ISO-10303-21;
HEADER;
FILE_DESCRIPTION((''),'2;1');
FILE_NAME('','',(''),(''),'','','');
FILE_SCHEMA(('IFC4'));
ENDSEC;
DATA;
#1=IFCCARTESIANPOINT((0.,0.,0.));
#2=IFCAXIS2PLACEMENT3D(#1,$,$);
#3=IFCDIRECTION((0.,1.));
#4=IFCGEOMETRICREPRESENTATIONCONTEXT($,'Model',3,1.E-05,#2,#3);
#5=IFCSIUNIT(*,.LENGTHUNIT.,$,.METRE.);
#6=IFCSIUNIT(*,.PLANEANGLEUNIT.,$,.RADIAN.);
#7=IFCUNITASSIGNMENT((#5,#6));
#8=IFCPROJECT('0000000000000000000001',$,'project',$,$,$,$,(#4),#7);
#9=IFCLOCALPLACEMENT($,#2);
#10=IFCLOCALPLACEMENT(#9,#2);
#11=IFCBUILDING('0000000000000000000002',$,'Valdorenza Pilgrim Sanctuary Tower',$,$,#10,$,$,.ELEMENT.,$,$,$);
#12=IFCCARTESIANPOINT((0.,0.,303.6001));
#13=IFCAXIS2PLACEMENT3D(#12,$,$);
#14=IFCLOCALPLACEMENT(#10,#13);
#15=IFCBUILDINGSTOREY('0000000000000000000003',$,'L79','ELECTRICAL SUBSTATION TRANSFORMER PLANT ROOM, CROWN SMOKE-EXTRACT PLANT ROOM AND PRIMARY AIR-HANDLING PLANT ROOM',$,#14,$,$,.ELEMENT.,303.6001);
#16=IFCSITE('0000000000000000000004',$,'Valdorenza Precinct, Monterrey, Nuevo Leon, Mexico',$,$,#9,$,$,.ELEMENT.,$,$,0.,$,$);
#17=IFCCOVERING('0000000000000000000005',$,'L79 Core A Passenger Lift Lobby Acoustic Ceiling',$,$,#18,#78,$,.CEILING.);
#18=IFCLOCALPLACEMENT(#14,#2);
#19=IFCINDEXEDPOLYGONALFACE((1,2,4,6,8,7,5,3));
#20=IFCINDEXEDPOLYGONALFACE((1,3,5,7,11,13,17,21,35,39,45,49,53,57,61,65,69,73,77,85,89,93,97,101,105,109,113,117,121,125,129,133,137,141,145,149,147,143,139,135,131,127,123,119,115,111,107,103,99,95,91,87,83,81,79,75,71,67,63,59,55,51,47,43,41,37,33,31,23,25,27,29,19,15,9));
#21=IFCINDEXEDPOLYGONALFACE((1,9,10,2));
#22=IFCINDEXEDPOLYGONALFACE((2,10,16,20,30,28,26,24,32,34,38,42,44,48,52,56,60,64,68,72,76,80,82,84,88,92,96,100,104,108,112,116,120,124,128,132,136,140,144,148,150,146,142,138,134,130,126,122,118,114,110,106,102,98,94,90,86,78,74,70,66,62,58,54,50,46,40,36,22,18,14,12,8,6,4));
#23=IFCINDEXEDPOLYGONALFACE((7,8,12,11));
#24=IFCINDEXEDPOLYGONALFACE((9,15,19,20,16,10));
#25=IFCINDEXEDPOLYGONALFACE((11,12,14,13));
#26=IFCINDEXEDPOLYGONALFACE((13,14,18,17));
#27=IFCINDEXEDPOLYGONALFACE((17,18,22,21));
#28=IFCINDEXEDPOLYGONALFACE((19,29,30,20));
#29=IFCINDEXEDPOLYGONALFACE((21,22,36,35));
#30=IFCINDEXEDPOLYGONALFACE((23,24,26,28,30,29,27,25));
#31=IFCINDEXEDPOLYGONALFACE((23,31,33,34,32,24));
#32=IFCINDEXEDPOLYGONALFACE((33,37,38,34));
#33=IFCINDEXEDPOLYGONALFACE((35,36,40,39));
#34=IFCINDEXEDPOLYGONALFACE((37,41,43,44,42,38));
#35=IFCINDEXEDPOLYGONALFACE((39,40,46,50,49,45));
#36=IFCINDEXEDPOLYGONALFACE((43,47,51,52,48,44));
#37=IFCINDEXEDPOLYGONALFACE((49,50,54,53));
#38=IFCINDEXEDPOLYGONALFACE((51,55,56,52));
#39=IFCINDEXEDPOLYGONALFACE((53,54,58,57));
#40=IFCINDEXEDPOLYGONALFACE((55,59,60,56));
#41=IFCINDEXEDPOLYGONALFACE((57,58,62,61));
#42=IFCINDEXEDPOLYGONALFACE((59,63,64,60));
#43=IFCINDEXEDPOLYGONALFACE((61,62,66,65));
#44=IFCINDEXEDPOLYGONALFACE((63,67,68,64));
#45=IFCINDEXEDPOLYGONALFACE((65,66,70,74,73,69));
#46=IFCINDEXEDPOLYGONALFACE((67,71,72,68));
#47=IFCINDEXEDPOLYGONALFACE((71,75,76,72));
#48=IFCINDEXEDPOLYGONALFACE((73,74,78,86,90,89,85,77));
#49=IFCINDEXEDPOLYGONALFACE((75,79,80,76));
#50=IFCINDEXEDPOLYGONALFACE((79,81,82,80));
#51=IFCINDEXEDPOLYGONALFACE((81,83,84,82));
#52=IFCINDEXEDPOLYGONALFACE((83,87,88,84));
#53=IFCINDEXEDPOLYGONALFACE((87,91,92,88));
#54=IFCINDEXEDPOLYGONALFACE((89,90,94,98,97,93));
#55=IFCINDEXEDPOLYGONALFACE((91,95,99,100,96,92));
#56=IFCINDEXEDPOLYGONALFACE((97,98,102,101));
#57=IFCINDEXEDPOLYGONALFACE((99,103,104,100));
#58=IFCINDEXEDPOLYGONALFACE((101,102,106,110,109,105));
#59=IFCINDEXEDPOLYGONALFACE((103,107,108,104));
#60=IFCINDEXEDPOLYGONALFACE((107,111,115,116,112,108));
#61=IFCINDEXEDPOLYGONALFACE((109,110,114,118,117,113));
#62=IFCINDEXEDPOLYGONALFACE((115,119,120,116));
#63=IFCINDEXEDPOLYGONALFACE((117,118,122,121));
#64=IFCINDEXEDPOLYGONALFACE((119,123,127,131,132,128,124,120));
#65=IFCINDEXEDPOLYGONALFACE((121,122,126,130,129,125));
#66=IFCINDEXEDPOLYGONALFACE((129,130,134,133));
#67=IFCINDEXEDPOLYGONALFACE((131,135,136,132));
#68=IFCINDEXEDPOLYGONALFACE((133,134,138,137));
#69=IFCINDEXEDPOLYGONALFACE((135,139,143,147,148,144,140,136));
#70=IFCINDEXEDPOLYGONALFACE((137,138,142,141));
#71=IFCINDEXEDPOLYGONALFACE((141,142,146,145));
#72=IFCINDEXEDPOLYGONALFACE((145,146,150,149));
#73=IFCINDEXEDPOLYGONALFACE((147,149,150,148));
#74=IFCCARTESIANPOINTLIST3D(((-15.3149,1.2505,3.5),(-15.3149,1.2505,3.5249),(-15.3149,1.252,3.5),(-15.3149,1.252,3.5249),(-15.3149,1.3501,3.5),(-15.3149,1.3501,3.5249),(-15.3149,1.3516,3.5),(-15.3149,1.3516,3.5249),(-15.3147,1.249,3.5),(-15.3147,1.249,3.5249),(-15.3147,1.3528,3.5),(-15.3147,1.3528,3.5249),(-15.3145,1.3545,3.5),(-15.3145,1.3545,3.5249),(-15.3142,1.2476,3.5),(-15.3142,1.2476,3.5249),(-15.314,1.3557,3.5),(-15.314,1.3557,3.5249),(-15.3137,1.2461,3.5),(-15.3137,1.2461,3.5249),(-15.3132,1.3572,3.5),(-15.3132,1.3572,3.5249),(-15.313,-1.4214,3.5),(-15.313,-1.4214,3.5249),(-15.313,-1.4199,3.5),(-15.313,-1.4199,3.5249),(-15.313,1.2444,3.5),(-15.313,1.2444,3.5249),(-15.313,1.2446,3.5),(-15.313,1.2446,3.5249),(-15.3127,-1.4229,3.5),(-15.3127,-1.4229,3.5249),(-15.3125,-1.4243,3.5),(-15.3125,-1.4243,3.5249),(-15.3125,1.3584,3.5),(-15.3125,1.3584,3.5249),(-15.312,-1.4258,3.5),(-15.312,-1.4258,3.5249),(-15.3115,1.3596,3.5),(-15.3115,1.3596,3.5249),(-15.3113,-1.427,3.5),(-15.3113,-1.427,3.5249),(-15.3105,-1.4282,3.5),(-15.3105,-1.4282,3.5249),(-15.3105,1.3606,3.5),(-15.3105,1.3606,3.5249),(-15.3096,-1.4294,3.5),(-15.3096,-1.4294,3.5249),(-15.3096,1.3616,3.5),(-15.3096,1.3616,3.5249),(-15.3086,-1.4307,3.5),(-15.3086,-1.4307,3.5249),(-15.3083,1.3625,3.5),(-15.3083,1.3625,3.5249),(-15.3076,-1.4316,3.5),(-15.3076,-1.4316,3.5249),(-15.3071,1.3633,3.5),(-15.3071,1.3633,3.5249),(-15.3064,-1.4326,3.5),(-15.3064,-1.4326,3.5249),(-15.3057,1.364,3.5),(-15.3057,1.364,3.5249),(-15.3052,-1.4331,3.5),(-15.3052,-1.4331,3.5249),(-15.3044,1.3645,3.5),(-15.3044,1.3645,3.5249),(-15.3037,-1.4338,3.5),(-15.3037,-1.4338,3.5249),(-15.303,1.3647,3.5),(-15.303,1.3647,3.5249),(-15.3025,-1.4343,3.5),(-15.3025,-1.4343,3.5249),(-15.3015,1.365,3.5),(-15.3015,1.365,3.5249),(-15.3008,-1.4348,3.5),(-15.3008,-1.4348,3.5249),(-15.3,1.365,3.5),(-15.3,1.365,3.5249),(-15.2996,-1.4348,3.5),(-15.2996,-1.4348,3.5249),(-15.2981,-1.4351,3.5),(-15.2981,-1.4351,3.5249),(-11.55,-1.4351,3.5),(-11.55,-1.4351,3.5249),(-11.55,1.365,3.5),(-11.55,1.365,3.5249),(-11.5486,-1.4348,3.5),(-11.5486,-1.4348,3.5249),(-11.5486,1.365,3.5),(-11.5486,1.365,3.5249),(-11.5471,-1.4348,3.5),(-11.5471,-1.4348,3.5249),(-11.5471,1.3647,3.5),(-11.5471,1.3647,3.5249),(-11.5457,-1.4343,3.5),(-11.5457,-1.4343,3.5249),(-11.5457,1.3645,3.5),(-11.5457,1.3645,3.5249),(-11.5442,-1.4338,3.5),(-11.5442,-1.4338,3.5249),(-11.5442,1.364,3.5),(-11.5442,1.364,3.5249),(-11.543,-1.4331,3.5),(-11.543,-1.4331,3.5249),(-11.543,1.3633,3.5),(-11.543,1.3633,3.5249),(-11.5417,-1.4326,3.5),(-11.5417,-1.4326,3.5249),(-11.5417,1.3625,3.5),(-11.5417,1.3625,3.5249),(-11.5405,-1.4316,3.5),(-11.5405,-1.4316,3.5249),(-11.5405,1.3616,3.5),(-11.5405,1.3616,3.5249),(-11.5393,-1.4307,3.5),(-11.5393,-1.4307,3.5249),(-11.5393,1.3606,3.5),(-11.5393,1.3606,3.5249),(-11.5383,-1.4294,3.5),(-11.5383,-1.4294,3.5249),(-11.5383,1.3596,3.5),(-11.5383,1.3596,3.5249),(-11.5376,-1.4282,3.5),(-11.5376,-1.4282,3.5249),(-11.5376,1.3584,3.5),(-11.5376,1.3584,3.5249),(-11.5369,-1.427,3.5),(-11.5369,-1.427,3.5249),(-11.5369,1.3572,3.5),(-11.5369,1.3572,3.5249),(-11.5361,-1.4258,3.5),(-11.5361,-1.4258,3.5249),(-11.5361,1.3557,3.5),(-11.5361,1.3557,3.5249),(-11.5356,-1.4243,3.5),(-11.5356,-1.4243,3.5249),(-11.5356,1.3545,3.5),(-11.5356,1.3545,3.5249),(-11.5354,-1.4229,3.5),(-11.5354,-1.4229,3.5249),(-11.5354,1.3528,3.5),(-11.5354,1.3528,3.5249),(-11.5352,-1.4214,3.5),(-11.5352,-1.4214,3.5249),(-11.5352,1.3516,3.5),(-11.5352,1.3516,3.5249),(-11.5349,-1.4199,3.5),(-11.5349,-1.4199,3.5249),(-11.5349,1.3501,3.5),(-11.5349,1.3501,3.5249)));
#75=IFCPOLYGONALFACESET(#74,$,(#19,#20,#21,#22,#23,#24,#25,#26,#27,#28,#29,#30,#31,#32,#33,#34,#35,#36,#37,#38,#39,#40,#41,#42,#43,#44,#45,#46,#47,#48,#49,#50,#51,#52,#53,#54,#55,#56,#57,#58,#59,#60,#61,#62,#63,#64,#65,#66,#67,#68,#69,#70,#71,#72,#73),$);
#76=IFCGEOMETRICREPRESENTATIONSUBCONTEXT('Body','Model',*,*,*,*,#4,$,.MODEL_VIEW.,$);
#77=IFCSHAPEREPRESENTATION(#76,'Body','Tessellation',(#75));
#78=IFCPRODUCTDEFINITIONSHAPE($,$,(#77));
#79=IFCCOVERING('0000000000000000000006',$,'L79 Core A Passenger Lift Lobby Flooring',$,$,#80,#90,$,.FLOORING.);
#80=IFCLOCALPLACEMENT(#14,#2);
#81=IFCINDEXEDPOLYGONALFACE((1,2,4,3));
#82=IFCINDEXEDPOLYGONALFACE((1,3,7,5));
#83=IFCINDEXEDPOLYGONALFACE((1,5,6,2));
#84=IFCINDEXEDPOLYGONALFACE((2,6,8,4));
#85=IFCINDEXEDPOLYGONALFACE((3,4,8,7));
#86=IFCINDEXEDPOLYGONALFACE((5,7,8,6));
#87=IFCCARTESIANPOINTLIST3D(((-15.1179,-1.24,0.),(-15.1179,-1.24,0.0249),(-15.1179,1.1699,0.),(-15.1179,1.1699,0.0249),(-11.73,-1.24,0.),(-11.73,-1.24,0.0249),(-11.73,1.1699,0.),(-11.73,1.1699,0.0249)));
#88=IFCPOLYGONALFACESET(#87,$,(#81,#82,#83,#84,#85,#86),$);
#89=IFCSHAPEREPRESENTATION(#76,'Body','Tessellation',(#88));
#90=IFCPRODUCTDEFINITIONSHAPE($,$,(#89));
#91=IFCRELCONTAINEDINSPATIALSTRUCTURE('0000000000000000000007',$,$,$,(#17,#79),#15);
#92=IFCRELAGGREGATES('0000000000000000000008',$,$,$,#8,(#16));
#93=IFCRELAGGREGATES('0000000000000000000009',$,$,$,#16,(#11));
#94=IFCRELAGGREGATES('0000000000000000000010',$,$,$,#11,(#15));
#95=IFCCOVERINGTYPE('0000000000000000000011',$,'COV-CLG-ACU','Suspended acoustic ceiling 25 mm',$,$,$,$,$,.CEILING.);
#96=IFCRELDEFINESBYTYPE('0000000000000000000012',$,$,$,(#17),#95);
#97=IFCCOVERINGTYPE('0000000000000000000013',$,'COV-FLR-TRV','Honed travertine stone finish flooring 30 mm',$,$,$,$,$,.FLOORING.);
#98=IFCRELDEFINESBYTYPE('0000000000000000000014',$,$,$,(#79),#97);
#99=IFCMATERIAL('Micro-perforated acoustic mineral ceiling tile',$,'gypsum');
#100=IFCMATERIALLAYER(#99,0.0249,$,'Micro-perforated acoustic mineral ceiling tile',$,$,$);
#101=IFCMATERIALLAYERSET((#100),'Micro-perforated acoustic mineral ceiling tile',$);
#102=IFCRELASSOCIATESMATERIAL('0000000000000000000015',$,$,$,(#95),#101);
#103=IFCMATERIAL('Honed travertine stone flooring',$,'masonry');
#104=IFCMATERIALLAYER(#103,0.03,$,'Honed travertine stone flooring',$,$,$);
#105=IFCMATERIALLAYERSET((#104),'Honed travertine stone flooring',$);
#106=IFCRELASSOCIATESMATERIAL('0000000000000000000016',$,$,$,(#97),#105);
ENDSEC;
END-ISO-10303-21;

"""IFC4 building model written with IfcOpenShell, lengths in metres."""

from ifc_helpers import new_model, si_unit, direction, frame, origin, place, context, subcontext, project, spatial, polyline, outline, extrude, material, layer, layer_set, type_object, element, save


model = new_model("IFC4")

# Units and contexts
model_context = context("Model", 3, precision=1e-05, world=origin(), true_north=direction((0.0, 1.0)))
body_context = subcontext(model_context, "Body", "Model", "MODEL_VIEW")
ifc_project = project(units=[si_unit("LENGTHUNIT", "METRE"), si_unit("PLANEANGLEUNIT", "RADIAN")], contexts=[model_context])

# Site, building, storey
site_placement = place(None, origin())
site = spatial("IfcSite", under=ifc_project, at=site_placement, Name="Valdorenza Precinct, Monterrey, Nuevo Leon, Mexico", CompositionType="ELEMENT", RefElevation=0.0)
building_placement = place(site_placement, origin())
building = spatial("IfcBuilding", under=site, at=building_placement, Name="Valdorenza Pilgrim Sanctuary Tower", CompositionType="ELEMENT")
storey_placement = place(building_placement, frame((0.0, 0.0, 303.6001)))
storey = spatial("IfcBuildingStorey", under=building, at=storey_placement, Name="L79", Description="ELECTRICAL SUBSTATION TRANSFORMER PLANT ROOM, CROWN SMOKE-EXTRACT PLANT ROOM AND PRIMARY AIR-HANDLING PLANT ROOM", CompositionType="ELEMENT", Elevation=303.6001)

# Coverings
ifc_material_1 = material(Name="Micro-perforated acoustic mineral ceiling tile", Category="gypsum")
ifc_layer_1 = layer(ifc_material_1, 0.0249, Name="Micro-perforated acoustic mineral ceiling tile")
ifc_layer_set_1 = layer_set([ifc_layer_1], Name="Micro-perforated acoustic mineral ceiling tile")
covering_type_1 = type_object("IfcCoveringType", Name="COV-CLG-ACU", Description="Suspended acoustic ceiling 25 mm", PredefinedType="CEILING", material=ifc_layer_set_1)
covering_1_placement = place(storey_placement, frame((0.0, 0.0, 3.5)))
element("IfcCovering", 1, at=covering_1_placement, inside=storey, type_object=covering_type_1, Name="L79 Core A Passenger Lift Lobby Acoustic Ceiling", PredefinedType="CEILING", context=body_context, shape_type="SweptSolid", body=[
    extrude(outline(polyline([(-15.3149, 1.3501), (-15.3149, 1.3516), (-15.3147, 1.3528), (-15.3145, 1.3545), (-15.314, 1.3557), (-15.3132, 1.3572), (-15.3125, 1.3584), (-15.3115, 1.3596), (-15.3105, 1.3606), (-15.3096, 1.3616), (-15.3083, 1.3625), (-15.3071, 1.3633), (-15.3057, 1.364), (-15.3044, 1.3645), (-15.303, 1.3647), (-15.3015, 1.365), (-15.3, 1.365), (-11.55, 1.365), (-11.5486, 1.365), (-11.5471, 1.3647), (-11.5457, 1.3645), (-11.5442, 1.364), (-11.543, 1.3633), (-11.5417, 1.3625), (-11.5405, 1.3616), (-11.5393, 1.3606), (-11.5383, 1.3596), (-11.5376, 1.3584), (-11.5369, 1.3572), (-11.5361, 1.3557), (-11.5356, 1.3545), (-11.5354, 1.3528), (-11.5352, 1.3516), (-11.5349, 1.3501), (-11.5349, -1.4199), (-11.5352, -1.4214), (-11.5354, -1.4229), (-11.5356, -1.4243), (-11.5361, -1.4258), (-11.5369, -1.427), (-11.5376, -1.4282), (-11.5383, -1.4294), (-11.5393, -1.4307), (-11.5405, -1.4316), (-11.5417, -1.4326), (-11.543, -1.4331), (-11.5442, -1.4338), (-11.5457, -1.4343), (-11.5471, -1.4348), (-11.5486, -1.4348), (-11.55, -1.4351), (-15.2981, -1.4351), (-15.2996, -1.4348), (-15.3008, -1.4348), (-15.3025, -1.4343), (-15.3037, -1.4338), (-15.3052, -1.4331), (-15.3064, -1.4326), (-15.3076, -1.4316), (-15.3086, -1.4307), (-15.3096, -1.4294), (-15.3105, -1.4282), (-15.3113, -1.427), (-15.312, -1.4258), (-15.3125, -1.4243), (-15.3127, -1.4229), (-15.313, -1.4214), (-15.313, -1.4199), (-15.313, 1.2444), (-15.313, 1.2446), (-15.3137, 1.2461), (-15.3142, 1.2476), (-15.3147, 1.249), (-15.3149, 1.2505), (-15.3149, 1.252), (-15.3149, 1.3501)])), origin(), (0.0, 0.0, 1.0), 0.0249),
])
ifc_material_2 = material(Name="Honed travertine stone flooring", Category="masonry")
ifc_layer_2 = layer(ifc_material_2, 0.03, Name="Honed travertine stone flooring")
ifc_layer_set_2 = layer_set([ifc_layer_2], Name="Honed travertine stone flooring")
covering_type_2 = type_object("IfcCoveringType", Name="COV-FLR-TRV", Description="Honed travertine stone finish flooring 30 mm", PredefinedType="FLOORING", material=ifc_layer_set_2)
covering_2_placement = place(storey_placement, origin())
element("IfcCovering", 2, at=covering_2_placement, inside=storey, type_object=covering_type_2, Name="L79 Core A Passenger Lift Lobby Flooring", PredefinedType="FLOORING", context=body_context, shape_type="SweptSolid", body=[
    extrude(outline(polyline([(-15.1179, 1.1699), (-11.73, 1.1699), (-11.73, -1.24), (-15.1179, -1.24), (-15.1179, 1.1699)])), origin(), (0.0, 0.0, 1.0), 0.0249),
])

save(model, "model.ifc")
